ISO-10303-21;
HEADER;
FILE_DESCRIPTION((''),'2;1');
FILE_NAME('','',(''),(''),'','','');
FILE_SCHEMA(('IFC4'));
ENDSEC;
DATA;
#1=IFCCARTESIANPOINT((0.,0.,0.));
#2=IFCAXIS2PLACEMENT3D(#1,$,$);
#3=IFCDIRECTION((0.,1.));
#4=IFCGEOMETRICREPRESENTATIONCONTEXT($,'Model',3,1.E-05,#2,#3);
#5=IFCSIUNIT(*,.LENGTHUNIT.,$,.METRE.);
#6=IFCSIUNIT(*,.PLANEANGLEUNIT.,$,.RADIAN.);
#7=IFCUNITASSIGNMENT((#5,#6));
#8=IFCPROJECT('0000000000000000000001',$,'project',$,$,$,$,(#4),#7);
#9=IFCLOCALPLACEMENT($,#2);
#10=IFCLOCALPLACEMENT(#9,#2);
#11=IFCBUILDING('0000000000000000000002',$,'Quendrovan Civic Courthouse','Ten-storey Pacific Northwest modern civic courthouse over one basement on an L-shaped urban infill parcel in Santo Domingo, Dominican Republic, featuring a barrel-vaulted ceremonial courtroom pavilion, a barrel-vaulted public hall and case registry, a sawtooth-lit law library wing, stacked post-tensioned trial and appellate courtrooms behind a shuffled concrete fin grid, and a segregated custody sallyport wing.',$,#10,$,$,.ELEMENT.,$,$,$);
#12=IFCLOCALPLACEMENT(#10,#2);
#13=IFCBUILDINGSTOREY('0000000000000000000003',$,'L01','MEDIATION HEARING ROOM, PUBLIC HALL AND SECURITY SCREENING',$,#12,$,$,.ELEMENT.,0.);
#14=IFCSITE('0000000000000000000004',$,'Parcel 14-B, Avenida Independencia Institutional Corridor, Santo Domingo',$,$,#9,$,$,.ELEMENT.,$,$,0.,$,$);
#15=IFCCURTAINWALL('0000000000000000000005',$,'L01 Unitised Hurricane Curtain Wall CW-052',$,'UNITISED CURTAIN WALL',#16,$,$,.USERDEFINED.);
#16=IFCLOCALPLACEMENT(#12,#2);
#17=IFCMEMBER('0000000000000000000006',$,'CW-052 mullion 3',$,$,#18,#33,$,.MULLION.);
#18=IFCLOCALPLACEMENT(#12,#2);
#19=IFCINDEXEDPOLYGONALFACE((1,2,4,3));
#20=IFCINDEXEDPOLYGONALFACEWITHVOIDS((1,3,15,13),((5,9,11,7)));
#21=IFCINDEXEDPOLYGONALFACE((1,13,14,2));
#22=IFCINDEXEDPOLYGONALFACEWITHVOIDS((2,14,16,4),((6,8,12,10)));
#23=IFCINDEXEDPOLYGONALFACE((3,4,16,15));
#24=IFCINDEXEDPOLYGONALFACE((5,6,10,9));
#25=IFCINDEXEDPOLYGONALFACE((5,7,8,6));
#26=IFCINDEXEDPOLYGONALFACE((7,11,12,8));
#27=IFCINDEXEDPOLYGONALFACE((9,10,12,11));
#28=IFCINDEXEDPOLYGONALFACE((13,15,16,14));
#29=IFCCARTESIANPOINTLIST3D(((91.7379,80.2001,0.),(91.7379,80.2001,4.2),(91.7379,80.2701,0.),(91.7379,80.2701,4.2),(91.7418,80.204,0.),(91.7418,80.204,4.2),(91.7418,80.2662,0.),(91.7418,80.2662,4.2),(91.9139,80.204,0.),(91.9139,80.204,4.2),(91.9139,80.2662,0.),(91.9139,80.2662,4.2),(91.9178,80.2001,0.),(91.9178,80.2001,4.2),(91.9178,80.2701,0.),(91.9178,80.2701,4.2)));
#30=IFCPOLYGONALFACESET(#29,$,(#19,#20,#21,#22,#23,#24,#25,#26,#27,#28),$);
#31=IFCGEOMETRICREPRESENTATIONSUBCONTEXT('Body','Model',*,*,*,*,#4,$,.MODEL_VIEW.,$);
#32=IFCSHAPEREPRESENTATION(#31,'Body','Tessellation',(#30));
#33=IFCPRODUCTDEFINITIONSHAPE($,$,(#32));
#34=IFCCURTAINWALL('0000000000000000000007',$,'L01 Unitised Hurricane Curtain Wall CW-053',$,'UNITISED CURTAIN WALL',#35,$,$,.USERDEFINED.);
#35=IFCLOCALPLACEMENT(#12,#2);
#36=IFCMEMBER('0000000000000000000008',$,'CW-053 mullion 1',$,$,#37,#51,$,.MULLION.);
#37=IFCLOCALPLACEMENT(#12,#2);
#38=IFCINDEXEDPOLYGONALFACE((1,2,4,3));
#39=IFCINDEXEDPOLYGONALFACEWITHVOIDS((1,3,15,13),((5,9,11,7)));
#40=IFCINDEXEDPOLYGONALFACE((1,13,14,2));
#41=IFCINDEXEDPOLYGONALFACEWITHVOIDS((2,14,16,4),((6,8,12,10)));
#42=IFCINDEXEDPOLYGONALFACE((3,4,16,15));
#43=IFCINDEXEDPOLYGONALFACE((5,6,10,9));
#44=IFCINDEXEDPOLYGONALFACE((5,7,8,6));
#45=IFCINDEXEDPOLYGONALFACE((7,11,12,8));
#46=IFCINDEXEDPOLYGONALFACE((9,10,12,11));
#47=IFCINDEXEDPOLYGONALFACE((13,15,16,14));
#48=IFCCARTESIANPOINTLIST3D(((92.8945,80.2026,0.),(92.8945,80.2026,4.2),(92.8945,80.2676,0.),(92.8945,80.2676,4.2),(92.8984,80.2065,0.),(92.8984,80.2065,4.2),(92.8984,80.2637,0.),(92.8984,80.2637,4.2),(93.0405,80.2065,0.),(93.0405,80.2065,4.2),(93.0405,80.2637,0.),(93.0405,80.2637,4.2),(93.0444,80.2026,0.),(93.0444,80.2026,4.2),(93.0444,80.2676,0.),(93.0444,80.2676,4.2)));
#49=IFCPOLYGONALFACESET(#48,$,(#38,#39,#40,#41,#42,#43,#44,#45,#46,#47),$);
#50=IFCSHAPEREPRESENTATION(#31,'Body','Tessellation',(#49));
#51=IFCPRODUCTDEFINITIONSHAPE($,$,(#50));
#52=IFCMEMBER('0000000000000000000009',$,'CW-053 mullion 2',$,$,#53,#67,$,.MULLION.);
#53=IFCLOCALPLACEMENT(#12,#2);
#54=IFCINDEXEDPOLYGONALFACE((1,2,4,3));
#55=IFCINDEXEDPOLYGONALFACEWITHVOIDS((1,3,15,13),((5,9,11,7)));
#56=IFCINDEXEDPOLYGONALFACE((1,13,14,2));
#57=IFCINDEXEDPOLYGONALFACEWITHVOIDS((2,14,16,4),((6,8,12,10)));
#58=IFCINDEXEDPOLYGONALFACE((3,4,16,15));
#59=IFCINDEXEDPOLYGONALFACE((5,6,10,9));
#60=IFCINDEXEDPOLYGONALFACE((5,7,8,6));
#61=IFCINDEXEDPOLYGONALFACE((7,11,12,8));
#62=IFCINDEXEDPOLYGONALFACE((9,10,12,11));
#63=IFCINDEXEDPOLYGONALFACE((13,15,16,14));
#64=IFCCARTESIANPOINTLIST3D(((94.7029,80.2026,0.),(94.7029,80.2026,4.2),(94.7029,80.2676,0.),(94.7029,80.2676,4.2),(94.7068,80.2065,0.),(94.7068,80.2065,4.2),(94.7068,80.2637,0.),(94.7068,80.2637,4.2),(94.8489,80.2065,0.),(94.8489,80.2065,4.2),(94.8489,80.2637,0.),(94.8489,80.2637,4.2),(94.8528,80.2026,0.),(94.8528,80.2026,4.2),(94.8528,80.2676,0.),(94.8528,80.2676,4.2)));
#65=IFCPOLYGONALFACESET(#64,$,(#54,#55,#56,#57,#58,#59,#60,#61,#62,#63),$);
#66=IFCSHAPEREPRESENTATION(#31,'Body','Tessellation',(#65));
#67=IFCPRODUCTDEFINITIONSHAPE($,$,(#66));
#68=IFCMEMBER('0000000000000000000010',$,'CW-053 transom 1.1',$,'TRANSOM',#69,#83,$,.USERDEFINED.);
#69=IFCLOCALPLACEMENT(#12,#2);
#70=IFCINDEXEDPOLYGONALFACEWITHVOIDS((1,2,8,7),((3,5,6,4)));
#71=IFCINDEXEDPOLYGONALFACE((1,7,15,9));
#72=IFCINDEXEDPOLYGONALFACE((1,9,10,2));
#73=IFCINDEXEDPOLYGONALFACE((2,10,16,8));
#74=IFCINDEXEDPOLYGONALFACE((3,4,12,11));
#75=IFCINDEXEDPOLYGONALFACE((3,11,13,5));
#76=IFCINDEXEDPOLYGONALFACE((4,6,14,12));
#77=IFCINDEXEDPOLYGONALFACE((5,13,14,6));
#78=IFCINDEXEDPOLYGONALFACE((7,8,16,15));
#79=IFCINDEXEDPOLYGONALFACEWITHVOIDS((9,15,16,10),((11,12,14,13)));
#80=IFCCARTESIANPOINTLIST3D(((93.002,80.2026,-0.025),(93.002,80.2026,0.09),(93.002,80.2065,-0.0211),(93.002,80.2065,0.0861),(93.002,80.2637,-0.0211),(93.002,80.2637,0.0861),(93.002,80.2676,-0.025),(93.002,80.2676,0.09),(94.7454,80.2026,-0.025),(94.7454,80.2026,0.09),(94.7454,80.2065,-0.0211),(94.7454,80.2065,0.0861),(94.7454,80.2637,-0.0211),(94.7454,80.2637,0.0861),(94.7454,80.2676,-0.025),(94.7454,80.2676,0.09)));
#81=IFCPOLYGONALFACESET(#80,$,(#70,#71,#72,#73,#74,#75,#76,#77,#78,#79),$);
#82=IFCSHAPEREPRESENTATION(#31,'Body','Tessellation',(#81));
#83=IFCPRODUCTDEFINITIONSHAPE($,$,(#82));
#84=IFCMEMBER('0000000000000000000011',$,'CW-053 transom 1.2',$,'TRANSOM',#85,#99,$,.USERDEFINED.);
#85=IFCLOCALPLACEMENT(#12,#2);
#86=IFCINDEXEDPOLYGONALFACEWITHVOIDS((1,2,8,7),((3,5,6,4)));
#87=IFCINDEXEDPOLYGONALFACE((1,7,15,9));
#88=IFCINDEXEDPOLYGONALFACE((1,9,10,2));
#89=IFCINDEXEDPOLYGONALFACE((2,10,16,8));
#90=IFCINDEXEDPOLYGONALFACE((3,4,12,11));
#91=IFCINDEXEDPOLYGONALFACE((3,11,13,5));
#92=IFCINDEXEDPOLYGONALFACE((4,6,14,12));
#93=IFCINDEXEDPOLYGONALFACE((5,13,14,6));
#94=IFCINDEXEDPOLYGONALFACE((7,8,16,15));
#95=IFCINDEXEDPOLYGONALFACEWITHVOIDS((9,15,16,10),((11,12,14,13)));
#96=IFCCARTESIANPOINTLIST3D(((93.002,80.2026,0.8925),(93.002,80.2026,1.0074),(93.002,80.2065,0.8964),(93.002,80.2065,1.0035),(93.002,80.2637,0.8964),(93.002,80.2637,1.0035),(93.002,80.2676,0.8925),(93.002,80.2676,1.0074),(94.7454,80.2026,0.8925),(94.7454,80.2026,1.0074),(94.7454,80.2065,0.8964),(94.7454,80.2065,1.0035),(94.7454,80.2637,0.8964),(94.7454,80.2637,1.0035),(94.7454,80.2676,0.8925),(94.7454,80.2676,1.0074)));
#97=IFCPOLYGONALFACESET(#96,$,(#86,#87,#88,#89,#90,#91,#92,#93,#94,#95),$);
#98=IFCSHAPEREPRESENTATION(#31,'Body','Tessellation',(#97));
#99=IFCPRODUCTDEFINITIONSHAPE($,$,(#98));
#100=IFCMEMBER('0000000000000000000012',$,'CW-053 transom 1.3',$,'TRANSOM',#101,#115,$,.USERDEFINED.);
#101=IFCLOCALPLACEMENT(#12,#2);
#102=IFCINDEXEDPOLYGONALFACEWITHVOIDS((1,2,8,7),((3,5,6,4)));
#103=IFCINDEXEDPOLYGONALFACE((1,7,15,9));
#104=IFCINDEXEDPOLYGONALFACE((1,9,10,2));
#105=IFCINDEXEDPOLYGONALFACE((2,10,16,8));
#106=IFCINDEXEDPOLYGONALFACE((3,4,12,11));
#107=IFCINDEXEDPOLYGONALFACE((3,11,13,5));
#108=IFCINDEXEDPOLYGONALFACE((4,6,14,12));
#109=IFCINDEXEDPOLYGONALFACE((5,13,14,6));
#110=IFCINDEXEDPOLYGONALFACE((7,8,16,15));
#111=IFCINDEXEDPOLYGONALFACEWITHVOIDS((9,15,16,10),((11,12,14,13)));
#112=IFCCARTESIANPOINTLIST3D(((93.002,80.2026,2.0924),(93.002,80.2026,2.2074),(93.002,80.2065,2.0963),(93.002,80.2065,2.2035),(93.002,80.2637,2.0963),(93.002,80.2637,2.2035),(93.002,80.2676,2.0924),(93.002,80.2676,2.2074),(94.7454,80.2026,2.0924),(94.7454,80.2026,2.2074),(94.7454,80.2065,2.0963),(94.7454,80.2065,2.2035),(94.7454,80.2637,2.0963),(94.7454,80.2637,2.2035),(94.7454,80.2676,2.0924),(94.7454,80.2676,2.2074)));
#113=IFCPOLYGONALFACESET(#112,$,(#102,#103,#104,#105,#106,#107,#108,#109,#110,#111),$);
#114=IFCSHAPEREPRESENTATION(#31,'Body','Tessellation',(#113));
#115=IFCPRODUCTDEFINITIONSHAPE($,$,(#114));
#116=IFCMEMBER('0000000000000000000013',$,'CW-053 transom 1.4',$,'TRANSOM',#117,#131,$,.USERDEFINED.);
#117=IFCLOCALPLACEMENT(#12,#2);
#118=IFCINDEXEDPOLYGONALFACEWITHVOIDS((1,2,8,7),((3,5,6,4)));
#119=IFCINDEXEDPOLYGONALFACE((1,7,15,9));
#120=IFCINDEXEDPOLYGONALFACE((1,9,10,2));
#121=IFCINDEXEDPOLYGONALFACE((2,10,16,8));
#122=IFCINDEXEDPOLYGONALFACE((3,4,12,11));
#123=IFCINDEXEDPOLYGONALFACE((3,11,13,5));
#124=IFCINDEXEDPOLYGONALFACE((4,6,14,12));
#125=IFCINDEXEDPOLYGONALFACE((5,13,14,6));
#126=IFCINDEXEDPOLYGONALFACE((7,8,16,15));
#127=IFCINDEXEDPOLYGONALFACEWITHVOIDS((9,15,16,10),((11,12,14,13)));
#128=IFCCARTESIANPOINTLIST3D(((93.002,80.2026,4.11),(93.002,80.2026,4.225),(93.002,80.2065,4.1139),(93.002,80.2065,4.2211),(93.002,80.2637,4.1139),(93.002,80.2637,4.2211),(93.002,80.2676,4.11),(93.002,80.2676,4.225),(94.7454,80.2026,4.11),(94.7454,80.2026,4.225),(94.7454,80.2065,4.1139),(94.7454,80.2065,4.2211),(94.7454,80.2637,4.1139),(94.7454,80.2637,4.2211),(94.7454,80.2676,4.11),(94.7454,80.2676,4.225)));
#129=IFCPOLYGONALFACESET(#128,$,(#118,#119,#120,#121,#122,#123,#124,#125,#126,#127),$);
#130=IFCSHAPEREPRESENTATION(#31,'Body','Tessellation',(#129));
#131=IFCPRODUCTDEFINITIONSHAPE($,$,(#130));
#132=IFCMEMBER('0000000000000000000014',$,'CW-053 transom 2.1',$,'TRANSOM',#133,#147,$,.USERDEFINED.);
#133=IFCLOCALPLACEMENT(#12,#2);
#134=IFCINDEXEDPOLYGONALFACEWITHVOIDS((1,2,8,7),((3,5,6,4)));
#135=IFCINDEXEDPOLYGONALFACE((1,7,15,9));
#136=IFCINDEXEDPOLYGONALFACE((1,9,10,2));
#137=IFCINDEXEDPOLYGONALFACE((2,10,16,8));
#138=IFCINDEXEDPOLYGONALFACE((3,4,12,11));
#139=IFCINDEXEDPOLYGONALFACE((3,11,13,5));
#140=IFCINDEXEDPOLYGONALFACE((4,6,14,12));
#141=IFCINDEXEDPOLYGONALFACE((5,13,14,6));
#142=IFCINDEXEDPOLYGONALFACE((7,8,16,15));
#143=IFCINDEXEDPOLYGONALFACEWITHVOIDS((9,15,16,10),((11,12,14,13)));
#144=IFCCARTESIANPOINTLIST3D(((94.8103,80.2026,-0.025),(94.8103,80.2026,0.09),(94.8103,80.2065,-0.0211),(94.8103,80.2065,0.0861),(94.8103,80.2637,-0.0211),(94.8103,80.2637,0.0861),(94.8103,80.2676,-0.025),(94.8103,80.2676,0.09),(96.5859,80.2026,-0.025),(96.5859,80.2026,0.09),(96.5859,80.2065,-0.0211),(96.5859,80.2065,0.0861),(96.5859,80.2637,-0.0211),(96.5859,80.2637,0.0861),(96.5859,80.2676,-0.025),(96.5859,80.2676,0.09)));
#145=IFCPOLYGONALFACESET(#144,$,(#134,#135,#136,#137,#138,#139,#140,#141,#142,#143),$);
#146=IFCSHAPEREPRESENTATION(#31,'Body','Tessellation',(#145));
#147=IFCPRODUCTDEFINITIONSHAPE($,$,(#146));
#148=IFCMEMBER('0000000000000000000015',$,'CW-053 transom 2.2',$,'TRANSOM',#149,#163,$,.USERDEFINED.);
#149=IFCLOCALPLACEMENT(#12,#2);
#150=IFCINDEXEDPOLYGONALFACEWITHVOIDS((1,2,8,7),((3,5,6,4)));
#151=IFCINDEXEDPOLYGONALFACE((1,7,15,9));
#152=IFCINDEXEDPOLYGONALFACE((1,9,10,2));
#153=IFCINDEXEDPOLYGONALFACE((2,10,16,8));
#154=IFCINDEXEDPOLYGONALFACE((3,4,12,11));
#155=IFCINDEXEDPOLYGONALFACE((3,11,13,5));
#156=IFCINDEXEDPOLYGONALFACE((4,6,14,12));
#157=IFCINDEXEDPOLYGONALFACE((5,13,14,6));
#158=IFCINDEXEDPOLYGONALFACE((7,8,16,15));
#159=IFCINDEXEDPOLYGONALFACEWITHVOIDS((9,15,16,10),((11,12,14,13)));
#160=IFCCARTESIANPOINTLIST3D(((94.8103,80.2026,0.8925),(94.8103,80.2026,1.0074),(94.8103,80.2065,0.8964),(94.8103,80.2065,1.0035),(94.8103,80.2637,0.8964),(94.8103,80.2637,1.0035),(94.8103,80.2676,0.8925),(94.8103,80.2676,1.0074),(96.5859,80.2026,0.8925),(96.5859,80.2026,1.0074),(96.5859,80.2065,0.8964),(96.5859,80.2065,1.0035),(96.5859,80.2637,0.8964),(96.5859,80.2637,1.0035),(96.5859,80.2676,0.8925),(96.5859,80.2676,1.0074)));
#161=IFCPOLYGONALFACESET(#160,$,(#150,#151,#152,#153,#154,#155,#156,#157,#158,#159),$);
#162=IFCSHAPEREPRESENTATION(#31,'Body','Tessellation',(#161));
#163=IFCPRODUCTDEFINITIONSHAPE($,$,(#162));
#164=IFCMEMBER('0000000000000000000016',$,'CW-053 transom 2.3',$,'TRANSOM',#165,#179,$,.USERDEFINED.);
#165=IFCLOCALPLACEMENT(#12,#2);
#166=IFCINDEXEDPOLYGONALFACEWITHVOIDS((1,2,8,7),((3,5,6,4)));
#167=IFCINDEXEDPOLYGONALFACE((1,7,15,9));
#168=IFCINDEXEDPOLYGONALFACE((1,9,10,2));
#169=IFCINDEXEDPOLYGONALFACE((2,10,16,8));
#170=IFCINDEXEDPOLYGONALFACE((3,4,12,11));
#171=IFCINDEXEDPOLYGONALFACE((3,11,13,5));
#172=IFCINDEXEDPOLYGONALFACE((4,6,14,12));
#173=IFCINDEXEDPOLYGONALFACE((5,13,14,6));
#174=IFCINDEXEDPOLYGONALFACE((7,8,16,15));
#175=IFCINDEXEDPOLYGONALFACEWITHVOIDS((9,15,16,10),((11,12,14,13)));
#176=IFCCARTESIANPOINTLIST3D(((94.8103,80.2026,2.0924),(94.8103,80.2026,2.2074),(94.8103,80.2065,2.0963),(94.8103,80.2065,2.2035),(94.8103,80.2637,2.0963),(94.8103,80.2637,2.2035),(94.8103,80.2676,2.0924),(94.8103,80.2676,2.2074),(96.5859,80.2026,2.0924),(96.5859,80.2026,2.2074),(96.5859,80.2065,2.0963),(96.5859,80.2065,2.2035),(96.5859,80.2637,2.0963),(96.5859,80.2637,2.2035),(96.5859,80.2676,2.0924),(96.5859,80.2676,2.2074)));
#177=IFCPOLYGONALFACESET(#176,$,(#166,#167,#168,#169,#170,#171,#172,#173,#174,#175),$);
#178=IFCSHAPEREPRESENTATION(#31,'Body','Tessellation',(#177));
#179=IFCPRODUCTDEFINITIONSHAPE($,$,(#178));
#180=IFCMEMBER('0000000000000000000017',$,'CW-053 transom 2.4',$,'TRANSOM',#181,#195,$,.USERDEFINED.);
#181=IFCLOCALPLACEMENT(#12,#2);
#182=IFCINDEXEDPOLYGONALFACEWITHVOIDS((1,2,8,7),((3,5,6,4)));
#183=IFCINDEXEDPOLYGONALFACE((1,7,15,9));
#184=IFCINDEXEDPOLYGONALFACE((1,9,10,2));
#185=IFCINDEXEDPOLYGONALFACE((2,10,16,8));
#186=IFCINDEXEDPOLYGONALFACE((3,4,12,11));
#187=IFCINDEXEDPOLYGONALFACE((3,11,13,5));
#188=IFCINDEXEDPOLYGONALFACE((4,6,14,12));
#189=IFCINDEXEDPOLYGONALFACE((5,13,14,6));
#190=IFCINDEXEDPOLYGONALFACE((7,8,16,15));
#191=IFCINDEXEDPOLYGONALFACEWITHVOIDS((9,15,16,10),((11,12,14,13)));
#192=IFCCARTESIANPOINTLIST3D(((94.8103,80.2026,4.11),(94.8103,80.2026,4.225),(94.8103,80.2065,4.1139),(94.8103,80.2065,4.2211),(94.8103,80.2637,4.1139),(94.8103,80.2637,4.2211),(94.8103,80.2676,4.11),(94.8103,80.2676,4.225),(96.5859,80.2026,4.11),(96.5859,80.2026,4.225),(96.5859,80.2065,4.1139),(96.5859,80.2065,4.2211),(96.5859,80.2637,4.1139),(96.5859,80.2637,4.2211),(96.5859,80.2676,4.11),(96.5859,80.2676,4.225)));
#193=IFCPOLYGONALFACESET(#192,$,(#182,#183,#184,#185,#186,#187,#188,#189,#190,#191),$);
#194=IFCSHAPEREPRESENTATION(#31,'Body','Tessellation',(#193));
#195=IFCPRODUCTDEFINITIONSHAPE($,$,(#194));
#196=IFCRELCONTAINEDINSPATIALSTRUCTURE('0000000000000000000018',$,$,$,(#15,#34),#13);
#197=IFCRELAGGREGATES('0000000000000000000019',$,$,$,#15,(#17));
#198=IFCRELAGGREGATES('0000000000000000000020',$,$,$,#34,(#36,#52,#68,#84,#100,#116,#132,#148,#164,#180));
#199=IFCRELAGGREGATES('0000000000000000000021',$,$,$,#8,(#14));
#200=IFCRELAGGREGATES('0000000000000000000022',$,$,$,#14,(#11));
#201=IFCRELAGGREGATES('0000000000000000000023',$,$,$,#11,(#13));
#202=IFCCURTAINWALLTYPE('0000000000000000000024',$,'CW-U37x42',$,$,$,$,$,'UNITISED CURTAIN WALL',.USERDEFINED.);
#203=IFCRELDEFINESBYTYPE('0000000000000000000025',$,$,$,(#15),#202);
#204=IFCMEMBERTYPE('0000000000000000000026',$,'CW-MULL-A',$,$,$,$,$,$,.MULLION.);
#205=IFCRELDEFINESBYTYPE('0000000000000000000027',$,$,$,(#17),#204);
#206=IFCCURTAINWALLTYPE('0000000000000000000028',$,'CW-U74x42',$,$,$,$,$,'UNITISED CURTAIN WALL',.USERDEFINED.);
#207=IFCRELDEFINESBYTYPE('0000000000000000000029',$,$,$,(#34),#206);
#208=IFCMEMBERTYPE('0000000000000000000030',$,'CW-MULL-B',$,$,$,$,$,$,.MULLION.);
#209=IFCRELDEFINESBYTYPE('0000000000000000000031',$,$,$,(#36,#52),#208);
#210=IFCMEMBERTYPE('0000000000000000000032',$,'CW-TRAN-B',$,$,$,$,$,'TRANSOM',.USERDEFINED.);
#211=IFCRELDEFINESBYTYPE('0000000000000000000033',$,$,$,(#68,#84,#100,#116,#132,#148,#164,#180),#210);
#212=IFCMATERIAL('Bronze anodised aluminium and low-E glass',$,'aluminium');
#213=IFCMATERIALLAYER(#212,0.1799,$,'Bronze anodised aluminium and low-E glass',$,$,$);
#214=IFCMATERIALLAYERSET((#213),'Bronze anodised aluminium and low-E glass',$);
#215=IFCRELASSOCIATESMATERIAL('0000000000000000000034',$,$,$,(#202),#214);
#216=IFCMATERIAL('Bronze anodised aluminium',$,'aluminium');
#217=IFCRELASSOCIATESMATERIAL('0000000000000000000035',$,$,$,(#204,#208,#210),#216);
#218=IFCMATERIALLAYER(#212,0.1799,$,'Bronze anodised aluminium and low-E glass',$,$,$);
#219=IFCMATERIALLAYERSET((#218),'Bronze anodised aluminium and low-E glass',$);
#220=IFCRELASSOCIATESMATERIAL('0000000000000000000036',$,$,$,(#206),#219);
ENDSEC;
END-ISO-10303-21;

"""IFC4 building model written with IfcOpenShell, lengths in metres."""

from ifc_helpers import new_model, si_unit, direction, frame, origin, origin_2d, place, context, subcontext, project, spatial, hollow_rectangle, extrude, material, layer, layer_set, material_profile, profile_set, type_object, element, aggregate, save


model = new_model("IFC4")

# Units and contexts
model_context = context("Model", 3, precision=1e-05, world=origin(), true_north=direction((0.0, 1.0)))
body_context = subcontext(model_context, "Body", "Model", "MODEL_VIEW")
ifc_project = project(units=[si_unit("LENGTHUNIT", "METRE"), si_unit("PLANEANGLEUNIT", "RADIAN")], contexts=[model_context])

# Site, building, storey
site_placement = place(None, origin())
site = spatial("IfcSite", under=ifc_project, at=site_placement, Name="Parcel 14-B, Avenida Independencia Institutional Corridor, Santo Domingo", CompositionType="ELEMENT", RefElevation=0.0)
building_placement = place(site_placement, origin())
building = spatial("IfcBuilding", under=site, at=building_placement, Name="Quendrovan Civic Courthouse", Description="Ten-storey Pacific Northwest modern civic courthouse over one basement on an L-shaped urban infill parcel in Santo Domingo, Dominican Republic, featuring a barrel-vaulted ceremonial courtroom pavilion, a barrel-vaulted public hall and case registry, a sawtooth-lit law library wing, stacked post-tensioned trial and appellate courtrooms behind a shuffled concrete fin grid, and a segregated custody sallyport wing.", CompositionType="ELEMENT")
storey_placement = place(building_placement, origin())
storey = spatial("IfcBuildingStorey", under=building, at=storey_placement, Name="L01", Description="MEDIATION HEARING ROOM, PUBLIC HALL AND SECURITY SCREENING", CompositionType="ELEMENT", Elevation=0.0)

# Curtain wall, member
ifc_material_1 = material(Name="Bronze anodised aluminium and low-E glass", Category="aluminium")
ifc_layer_1 = layer(ifc_material_1, 0.1799, Name="Bronze anodised aluminium and low-E glass")
ifc_layer_set_1 = layer_set([ifc_layer_1], Name="Bronze anodised aluminium and low-E glass")
curtain_wall_type_1 = type_object("IfcCurtainWallType", Name="CW-U37x42", ElementType="UNITISED CURTAIN WALL", PredefinedType="USERDEFINED", material=ifc_layer_set_1)
curtain_wall_1_placement = place(storey_placement, origin())
curtain_wall_1 = element("IfcCurtainWall", 1, at=curtain_wall_1_placement, inside=storey, type_object=curtain_wall_type_1, Name="L01 Unitised Hurricane Curtain Wall CW-052", ObjectType="UNITISED CURTAIN WALL", PredefinedType="USERDEFINED")
ifc_material_2 = material(Name="Bronze anodised aluminium", Category="aluminium")
ifc_material_profile_1 = material_profile(ifc_material_2, hollow_rectangle(XDim=0.0701, YDim=0.1799, WallThickness=0.0039, at=origin_2d()), Name="CW-MULL-70x180")
ifc_profile_set_1 = profile_set([ifc_material_profile_1], Name="Bronze anodised aluminium")
member_type_1 = type_object("IfcMemberType", Name="CW-MULL-A", PredefinedType="MULLION", material=ifc_profile_set_1)
member_1_placement = place(storey_placement, frame((91.8279, 80.2351, 0.0), z_axis=(0.0, 0.0, 1.0), x_axis=(0.0, 1.0, 0.0)))
member_1 = element("IfcMember", 2, at=member_1_placement, type_object=member_type_1, Name="CW-052 mullion 3", PredefinedType="MULLION", context=body_context, shape_type="SweptSolid", body=[
    extrude(hollow_rectangle(XDim=0.0701, YDim=0.1799, WallThickness=0.0039, at=origin_2d()), origin(), (0.0, 0.0, 1.0), 4.2),
])

# Curtain wall, members
ifc_layer_2 = layer(ifc_material_1, 0.1799, Name="Bronze anodised aluminium and low-E glass")
ifc_layer_set_2 = layer_set([ifc_layer_2], Name="Bronze anodised aluminium and low-E glass")
curtain_wall_type_2 = type_object("IfcCurtainWallType", Name="CW-U74x42", ElementType="UNITISED CURTAIN WALL", PredefinedType="USERDEFINED", material=ifc_layer_set_2)
curtain_wall_2_placement = place(storey_placement, origin())
curtain_wall_2 = element("IfcCurtainWall", 3, at=curtain_wall_2_placement, inside=storey, type_object=curtain_wall_type_2, Name="L01 Unitised Hurricane Curtain Wall CW-053", ObjectType="UNITISED CURTAIN WALL", PredefinedType="USERDEFINED")
ifc_material_profile_2 = material_profile(ifc_material_2, hollow_rectangle(XDim=0.0649, YDim=0.1499, WallThickness=0.0039, at=origin_2d()), Name="CW-MULL-65x150")
ifc_profile_set_2 = profile_set([ifc_material_profile_2], Name="Bronze anodised aluminium")
member_type_2 = type_object("IfcMemberType", Name="CW-MULL-B", PredefinedType="MULLION", material=ifc_profile_set_2)
member_2_placement = place(storey_placement, frame((92.9695, 80.2351, 0.0), z_axis=(0.0, 0.0, 1.0), x_axis=(0.0, 1.0, 0.0)))
member_2 = element("IfcMember", 4, at=member_2_placement, type_object=member_type_2, Name="CW-053 mullion 1", PredefinedType="MULLION", context=body_context, shape_type="SweptSolid", body=[
    extrude(hollow_rectangle(XDim=0.0649, YDim=0.1499, WallThickness=0.0039, at=origin_2d()), origin(), (0.0, 0.0, 1.0), 4.2),
])
member_3_placement = place(storey_placement, frame((94.7778, 80.2351, 0.0), z_axis=(0.0, 0.0, 1.0), x_axis=(0.0, 1.0, 0.0)))
member_3 = element("IfcMember", 5, at=member_3_placement, type_object=member_type_2, Name="CW-053 mullion 2", PredefinedType="MULLION", context=body_context, shape_type="SweptSolid", body=[
    extrude(hollow_rectangle(XDim=0.0649, YDim=0.1499, WallThickness=0.0039, at=origin_2d()), origin(), (0.0, 0.0, 1.0), 4.2),
])
ifc_material_profile_3 = material_profile(ifc_material_2, hollow_rectangle(XDim=0.0649, YDim=0.115, WallThickness=0.0039, at=origin_2d()), Name="CW-TRAN-65x115")
ifc_profile_set_3 = profile_set([ifc_material_profile_3], Name="Bronze anodised aluminium")
member_type_3 = type_object("IfcMemberType", Name="CW-TRAN-B", ElementType="TRANSOM", PredefinedType="USERDEFINED", material=ifc_profile_set_3)
member_4_placement = place(storey_placement, frame((93.002, 80.2351, 0.0325), z_axis=(1.0, 0.0, 0.0), x_axis=(0.0, 1.0, 0.0)))
member_4 = element("IfcMember", 6, at=member_4_placement, type_object=member_type_3, Name="CW-053 transom 1.1", ObjectType="TRANSOM", PredefinedType="USERDEFINED", context=body_context, shape_type="SweptSolid", body=[
    extrude(hollow_rectangle(XDim=0.0649, YDim=0.115, WallThickness=0.0039, at=origin_2d()), origin(), (0.0, 0.0, 1.0), 1.7434),
])
member_5_placement = place(storey_placement, frame((93.002, 80.2351, 0.95), z_axis=(1.0, 0.0, 0.0), x_axis=(0.0, 1.0, 0.0)))
member_5 = element("IfcMember", 7, at=member_5_placement, type_object=member_type_3, Name="CW-053 transom 1.2", ObjectType="TRANSOM", PredefinedType="USERDEFINED", context=body_context, shape_type="SweptSolid", body=[
    extrude(hollow_rectangle(XDim=0.0649, YDim=0.115, WallThickness=0.0039, at=origin_2d()), origin(), (0.0, 0.0, 1.0), 1.7434),
])
member_6_placement = place(storey_placement, frame((93.002, 80.2351, 2.1499), z_axis=(1.0, 0.0, 0.0), x_axis=(0.0, 1.0, 0.0)))
member_6 = element("IfcMember", 8, at=member_6_placement, type_object=member_type_3, Name="CW-053 transom 1.3", ObjectType="TRANSOM", PredefinedType="USERDEFINED", context=body_context, shape_type="SweptSolid", body=[
    extrude(hollow_rectangle(XDim=0.0649, YDim=0.115, WallThickness=0.0039, at=origin_2d()), origin(), (0.0, 0.0, 1.0), 1.7434),
])
member_7_placement = place(storey_placement, frame((93.002, 80.2351, 4.1675), z_axis=(1.0, 0.0, 0.0), x_axis=(0.0, 1.0, 0.0)))
member_7 = element("IfcMember", 9, at=member_7_placement, type_object=member_type_3, Name="CW-053 transom 1.4", ObjectType="TRANSOM", PredefinedType="USERDEFINED", context=body_context, shape_type="SweptSolid", body=[
    extrude(hollow_rectangle(XDim=0.0649, YDim=0.115, WallThickness=0.0039, at=origin_2d()), origin(), (0.0, 0.0, 1.0), 1.7434),
])
member_8_placement = place(storey_placement, frame((94.8103, 80.2351, 0.0325), z_axis=(1.0, 0.0, 0.0), x_axis=(0.0, 1.0, 0.0)))
member_8 = element("IfcMember", 10, at=member_8_placement, type_object=member_type_3, Name="CW-053 transom 2.1", ObjectType="TRANSOM", PredefinedType="USERDEFINED", context=body_context, shape_type="SweptSolid", body=[
    extrude(hollow_rectangle(XDim=0.0649, YDim=0.115, WallThickness=0.0039, at=origin_2d()), origin(), (0.0, 0.0, 1.0), 1.7756),
])
member_9_placement = place(storey_placement, frame((94.8103, 80.2351, 0.95), z_axis=(1.0, 0.0, 0.0), x_axis=(0.0, 1.0, 0.0)))
member_9 = element("IfcMember", 11, at=member_9_placement, type_object=member_type_3, Name="CW-053 transom 2.2", ObjectType="TRANSOM", PredefinedType="USERDEFINED", context=body_context, shape_type="SweptSolid", body=[
    extrude(hollow_rectangle(XDim=0.0649, YDim=0.115, WallThickness=0.0039, at=origin_2d()), origin(), (0.0, 0.0, 1.0), 1.7756),
])
member_10_placement = place(storey_placement, frame((94.8103, 80.2351, 2.1499), z_axis=(1.0, 0.0, 0.0), x_axis=(0.0, 1.0, 0.0)))
member_10 = element("IfcMember", 12, at=member_10_placement, type_object=member_type_3, Name="CW-053 transom 2.3", ObjectType="TRANSOM", PredefinedType="USERDEFINED", context=body_context, shape_type="SweptSolid", body=[
    extrude(hollow_rectangle(XDim=0.0649, YDim=0.115, WallThickness=0.0039, at=origin_2d()), origin(), (0.0, 0.0, 1.0), 1.7756),
])
member_11_placement = place(storey_placement, frame((94.8103, 80.2351, 4.1675), z_axis=(1.0, 0.0, 0.0), x_axis=(0.0, 1.0, 0.0)))
member_11 = element("IfcMember", 13, at=member_11_placement, type_object=member_type_3, Name="CW-053 transom 2.4", ObjectType="TRANSOM", PredefinedType="USERDEFINED", context=body_context, shape_type="SweptSolid", body=[
    extrude(hollow_rectangle(XDim=0.0649, YDim=0.115, WallThickness=0.0039, at=origin_2d()), origin(), (0.0, 0.0, 1.0), 1.7756),
])

aggregate(curtain_wall_1, [member_1])
aggregate(curtain_wall_2, [member_2, member_3, member_4, member_5, member_6, member_7, member_8, member_9, member_10, member_11])

save(model, "model.ifc")
